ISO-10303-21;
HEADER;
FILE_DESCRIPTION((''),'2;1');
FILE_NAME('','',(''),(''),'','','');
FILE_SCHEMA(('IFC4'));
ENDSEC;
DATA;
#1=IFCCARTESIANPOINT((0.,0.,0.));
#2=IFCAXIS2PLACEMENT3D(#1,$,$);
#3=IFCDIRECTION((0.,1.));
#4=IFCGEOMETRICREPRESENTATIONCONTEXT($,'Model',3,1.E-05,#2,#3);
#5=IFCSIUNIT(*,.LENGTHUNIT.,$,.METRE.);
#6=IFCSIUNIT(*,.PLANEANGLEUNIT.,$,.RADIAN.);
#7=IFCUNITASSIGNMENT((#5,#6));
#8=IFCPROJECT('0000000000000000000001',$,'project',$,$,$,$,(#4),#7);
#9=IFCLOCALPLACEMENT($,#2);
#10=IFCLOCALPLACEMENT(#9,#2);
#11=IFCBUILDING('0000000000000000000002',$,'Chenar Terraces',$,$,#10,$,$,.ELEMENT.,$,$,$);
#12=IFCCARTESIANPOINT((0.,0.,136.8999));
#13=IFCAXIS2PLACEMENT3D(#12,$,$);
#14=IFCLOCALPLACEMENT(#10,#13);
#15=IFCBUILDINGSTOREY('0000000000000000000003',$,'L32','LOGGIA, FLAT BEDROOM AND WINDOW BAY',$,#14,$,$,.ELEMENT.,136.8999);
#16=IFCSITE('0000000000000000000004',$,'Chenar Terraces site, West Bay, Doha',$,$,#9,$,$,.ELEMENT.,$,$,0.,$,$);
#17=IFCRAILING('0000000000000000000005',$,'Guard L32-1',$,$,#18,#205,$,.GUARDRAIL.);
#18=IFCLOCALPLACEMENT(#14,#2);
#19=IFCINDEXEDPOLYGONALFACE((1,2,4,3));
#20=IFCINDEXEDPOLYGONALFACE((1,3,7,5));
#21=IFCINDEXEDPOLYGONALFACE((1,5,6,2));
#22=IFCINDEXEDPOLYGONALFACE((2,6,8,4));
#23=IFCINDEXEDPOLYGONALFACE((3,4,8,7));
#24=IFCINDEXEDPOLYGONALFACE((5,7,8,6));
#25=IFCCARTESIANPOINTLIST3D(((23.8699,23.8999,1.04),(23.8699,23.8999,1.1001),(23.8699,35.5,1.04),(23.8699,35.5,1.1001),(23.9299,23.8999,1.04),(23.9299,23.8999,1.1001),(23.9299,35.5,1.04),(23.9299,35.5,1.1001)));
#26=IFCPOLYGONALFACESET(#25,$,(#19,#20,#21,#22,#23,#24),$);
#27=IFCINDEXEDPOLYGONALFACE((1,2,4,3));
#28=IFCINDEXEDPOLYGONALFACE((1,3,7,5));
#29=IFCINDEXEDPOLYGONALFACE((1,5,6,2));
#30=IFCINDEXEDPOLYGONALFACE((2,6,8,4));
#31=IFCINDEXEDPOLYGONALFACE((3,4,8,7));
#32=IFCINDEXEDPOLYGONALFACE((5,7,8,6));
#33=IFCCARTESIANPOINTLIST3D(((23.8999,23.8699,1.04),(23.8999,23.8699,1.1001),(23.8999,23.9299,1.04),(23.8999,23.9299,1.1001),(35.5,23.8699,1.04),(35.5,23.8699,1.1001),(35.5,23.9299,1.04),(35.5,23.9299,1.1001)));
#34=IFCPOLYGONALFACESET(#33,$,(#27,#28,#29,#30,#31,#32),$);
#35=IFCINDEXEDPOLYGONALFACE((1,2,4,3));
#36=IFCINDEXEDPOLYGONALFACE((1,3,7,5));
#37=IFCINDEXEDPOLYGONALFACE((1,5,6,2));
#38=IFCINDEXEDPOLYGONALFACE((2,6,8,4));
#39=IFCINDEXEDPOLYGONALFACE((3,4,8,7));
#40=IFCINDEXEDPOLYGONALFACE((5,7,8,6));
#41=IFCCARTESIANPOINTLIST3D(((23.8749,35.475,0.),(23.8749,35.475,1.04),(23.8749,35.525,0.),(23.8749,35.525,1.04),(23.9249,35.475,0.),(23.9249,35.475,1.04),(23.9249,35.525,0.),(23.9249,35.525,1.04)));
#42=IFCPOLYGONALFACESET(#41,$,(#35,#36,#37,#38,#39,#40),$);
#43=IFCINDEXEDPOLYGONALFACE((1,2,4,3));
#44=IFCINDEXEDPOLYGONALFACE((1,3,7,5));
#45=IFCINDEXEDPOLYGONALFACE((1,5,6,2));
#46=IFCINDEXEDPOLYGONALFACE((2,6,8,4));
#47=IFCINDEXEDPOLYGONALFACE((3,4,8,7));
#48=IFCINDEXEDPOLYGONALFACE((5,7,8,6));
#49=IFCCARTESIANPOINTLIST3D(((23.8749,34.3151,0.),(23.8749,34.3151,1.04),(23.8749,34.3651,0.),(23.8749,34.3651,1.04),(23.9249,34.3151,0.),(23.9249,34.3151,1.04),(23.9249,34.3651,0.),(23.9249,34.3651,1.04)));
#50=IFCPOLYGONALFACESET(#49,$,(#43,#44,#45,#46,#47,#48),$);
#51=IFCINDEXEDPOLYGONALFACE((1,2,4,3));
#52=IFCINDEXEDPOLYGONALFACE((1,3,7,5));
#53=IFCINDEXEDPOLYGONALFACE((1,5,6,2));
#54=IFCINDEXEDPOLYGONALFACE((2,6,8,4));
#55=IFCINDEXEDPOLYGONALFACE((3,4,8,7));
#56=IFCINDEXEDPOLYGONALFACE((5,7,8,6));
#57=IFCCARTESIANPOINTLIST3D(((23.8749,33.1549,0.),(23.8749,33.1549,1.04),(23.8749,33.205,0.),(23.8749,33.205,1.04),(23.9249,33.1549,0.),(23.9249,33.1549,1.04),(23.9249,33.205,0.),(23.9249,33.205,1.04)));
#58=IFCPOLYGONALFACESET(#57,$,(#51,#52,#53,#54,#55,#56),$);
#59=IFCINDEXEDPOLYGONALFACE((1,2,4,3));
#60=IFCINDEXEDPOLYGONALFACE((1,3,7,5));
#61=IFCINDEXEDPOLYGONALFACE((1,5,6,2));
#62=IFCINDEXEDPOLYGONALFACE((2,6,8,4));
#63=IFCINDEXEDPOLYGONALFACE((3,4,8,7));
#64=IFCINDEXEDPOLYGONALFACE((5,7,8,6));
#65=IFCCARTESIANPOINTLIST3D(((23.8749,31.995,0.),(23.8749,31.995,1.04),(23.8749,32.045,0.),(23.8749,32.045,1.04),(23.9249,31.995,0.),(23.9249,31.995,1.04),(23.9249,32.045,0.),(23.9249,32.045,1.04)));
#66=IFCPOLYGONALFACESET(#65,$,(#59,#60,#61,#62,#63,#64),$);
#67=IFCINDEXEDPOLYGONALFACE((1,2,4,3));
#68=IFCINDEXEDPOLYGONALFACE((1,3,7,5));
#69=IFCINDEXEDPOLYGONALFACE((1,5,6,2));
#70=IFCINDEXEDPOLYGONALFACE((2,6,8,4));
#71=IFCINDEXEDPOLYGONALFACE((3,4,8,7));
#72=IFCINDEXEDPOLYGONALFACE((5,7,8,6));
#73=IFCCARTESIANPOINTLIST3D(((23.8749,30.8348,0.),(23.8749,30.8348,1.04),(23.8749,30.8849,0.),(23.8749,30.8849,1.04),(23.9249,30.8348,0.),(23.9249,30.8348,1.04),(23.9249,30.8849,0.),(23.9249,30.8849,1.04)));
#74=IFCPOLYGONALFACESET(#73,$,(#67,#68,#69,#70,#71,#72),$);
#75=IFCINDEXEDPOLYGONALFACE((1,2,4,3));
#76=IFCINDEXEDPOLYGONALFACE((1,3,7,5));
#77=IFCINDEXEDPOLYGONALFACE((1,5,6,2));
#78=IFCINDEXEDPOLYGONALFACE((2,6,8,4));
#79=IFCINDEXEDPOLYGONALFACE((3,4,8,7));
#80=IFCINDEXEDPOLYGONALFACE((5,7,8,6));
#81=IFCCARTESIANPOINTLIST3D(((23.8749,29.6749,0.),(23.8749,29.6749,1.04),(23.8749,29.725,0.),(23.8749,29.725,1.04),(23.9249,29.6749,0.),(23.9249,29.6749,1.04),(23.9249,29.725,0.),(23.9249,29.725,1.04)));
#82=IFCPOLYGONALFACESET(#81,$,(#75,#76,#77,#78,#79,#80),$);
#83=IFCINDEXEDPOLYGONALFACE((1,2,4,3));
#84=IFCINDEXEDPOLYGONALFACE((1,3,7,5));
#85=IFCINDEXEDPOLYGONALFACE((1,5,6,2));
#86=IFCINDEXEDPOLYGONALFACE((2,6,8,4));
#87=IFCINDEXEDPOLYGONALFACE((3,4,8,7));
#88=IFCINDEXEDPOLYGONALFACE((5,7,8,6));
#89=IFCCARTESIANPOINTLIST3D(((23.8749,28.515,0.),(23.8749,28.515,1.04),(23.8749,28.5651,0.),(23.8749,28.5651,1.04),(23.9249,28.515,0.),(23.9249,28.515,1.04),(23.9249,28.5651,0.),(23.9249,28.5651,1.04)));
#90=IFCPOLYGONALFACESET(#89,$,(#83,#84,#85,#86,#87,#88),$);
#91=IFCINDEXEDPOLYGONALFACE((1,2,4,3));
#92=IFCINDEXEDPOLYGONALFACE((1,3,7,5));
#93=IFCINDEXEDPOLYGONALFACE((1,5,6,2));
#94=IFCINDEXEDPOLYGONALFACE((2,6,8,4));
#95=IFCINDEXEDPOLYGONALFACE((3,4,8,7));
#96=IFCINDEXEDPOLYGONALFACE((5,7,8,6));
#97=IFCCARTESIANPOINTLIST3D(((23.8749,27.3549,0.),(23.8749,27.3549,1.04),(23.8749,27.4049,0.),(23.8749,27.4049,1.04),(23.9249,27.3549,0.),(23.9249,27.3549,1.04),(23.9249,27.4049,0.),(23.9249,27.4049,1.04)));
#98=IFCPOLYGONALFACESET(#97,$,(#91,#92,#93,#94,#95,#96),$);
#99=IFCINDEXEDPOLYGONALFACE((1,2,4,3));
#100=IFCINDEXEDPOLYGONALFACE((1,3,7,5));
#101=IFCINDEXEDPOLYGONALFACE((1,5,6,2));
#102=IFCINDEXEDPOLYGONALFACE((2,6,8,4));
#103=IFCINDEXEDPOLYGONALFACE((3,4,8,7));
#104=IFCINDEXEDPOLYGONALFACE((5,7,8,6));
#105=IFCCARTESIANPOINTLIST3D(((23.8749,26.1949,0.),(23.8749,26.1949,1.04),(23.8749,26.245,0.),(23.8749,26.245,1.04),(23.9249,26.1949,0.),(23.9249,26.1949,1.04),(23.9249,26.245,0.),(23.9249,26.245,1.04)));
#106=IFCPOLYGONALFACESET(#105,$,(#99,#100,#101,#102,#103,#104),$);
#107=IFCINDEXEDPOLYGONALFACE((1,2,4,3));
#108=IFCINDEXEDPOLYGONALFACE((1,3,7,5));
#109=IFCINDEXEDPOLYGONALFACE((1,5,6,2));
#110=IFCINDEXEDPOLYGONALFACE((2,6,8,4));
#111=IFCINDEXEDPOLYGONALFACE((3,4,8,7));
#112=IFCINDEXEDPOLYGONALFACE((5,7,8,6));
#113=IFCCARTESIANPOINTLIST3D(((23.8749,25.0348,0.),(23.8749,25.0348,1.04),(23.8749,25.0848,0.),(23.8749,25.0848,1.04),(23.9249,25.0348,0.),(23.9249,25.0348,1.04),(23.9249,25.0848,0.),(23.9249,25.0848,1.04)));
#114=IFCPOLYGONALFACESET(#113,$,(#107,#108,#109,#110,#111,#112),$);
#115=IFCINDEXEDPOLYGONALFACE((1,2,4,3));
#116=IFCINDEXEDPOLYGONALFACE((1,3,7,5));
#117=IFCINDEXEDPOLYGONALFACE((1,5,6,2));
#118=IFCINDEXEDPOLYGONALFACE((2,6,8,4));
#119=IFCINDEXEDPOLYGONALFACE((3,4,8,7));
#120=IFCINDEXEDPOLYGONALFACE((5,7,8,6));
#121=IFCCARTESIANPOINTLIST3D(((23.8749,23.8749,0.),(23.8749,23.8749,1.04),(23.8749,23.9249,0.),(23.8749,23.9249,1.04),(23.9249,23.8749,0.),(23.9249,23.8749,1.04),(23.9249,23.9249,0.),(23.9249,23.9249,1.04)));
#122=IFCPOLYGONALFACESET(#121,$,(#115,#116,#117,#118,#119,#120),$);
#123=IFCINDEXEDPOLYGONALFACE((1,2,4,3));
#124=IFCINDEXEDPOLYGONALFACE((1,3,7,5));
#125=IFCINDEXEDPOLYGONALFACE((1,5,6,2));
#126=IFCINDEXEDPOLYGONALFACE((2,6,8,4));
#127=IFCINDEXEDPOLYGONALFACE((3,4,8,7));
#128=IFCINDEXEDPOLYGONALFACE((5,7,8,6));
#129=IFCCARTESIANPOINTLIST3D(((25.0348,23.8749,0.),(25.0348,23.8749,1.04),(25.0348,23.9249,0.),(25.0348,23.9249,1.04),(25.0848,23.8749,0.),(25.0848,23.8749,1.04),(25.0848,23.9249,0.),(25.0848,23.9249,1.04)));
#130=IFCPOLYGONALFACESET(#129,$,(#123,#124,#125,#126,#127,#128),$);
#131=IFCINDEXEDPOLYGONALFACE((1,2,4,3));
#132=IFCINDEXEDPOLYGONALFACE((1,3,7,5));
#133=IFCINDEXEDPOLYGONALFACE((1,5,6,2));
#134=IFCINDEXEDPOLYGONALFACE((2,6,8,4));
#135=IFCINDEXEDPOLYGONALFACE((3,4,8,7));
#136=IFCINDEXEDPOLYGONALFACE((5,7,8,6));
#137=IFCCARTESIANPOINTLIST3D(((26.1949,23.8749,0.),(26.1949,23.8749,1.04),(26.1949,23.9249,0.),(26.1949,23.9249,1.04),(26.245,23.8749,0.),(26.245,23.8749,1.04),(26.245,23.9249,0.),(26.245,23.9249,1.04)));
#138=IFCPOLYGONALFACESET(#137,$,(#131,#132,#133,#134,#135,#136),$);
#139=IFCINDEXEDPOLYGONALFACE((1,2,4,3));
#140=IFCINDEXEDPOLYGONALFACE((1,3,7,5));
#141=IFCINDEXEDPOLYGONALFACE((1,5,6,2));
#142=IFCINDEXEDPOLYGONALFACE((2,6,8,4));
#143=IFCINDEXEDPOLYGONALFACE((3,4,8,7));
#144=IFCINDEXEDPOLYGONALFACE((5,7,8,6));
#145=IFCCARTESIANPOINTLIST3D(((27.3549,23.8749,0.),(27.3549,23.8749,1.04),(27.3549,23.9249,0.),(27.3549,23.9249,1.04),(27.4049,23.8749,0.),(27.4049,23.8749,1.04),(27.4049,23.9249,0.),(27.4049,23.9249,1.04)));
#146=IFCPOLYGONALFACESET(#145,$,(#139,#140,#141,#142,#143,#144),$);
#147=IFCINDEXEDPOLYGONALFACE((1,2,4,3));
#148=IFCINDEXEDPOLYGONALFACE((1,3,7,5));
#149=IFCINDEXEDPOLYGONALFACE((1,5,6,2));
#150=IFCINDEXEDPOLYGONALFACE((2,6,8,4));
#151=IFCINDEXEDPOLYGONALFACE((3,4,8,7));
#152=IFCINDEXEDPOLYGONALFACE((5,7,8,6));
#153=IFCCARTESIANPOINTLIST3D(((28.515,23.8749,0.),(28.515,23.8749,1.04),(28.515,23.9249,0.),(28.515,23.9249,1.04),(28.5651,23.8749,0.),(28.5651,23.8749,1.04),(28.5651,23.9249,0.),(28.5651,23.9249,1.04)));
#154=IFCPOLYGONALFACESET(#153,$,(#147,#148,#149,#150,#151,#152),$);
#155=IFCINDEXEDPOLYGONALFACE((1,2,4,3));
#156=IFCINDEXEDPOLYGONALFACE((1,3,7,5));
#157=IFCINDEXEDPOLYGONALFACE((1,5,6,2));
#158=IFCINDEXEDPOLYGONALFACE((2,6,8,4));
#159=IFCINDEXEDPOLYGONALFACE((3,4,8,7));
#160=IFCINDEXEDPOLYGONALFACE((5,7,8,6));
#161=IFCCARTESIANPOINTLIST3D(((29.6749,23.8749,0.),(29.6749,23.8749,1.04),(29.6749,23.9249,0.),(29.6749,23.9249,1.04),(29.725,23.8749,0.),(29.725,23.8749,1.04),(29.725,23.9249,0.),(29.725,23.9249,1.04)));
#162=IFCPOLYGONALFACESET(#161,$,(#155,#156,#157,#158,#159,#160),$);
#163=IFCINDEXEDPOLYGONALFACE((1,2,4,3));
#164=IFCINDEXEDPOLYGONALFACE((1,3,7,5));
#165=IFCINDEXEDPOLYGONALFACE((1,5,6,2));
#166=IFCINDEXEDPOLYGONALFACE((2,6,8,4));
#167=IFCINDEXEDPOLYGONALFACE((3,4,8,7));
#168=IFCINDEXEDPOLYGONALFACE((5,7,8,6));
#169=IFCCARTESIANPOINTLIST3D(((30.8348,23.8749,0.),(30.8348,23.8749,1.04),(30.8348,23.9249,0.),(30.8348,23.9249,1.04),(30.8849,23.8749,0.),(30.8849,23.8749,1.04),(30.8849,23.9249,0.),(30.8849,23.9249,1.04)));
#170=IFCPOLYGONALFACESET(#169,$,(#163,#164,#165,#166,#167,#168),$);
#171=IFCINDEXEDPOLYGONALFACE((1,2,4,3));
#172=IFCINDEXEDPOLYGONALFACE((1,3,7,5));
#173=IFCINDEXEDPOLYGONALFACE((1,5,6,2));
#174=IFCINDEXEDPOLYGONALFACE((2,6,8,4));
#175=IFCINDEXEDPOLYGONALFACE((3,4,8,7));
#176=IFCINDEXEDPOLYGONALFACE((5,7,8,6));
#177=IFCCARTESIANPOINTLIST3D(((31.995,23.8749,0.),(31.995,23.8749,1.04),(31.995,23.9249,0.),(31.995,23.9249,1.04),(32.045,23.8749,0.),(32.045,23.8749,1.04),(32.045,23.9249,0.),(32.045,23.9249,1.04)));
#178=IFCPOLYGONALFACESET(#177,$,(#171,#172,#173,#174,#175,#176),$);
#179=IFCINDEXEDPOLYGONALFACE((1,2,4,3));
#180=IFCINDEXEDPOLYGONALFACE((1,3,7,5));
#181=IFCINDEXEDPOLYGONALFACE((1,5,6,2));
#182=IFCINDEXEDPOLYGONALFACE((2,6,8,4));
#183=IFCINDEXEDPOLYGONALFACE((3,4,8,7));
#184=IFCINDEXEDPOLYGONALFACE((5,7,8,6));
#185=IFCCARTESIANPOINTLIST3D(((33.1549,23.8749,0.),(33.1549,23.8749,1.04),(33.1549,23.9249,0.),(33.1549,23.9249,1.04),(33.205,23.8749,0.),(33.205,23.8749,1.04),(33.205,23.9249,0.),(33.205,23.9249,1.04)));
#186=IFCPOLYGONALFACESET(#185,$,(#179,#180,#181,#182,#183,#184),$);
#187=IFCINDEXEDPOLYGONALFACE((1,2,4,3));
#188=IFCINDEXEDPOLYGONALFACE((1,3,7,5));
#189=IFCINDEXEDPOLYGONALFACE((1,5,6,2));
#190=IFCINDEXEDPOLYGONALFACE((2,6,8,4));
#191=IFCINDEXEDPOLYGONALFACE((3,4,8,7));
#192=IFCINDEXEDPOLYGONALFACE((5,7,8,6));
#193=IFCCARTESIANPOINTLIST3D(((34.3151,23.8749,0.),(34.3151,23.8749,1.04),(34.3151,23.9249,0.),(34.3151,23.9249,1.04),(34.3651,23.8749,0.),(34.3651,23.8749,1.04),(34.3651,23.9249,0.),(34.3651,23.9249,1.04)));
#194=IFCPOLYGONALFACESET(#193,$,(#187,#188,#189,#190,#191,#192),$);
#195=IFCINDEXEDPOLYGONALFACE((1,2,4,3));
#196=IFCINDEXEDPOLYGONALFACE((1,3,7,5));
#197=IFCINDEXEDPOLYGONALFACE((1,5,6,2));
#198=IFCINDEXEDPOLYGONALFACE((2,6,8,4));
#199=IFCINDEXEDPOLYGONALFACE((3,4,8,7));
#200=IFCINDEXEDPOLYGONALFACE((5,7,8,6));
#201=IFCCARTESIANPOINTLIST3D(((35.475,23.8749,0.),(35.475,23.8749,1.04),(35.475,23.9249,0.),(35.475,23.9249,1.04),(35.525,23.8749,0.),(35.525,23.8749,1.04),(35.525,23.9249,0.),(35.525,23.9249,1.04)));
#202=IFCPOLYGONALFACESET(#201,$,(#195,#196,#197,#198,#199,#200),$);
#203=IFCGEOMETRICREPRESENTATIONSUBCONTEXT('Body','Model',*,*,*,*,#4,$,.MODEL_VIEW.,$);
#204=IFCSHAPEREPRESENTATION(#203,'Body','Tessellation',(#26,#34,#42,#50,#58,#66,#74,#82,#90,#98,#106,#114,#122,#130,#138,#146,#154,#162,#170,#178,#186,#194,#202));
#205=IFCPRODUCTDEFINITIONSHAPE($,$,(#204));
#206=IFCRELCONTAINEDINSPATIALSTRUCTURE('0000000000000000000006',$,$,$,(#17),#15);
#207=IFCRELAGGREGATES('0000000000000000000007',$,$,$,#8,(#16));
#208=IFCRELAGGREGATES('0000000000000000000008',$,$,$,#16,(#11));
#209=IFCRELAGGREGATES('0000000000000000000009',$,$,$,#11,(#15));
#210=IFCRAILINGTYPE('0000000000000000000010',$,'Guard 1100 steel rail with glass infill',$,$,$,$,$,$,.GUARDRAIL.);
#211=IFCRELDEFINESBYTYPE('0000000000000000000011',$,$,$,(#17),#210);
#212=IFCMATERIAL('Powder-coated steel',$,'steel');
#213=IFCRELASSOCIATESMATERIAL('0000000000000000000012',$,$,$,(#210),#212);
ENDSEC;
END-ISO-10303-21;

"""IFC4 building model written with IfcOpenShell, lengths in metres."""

from ifc_helpers import new_model, si_unit, direction, frame, origin, origin_2d, place, context, subcontext, project, spatial, rectangle, extrude, material, type_object, element, save


model = new_model("IFC4")

# Units and contexts
model_context = context("Model", 3, precision=1e-05, world=origin(), true_north=direction((0.0, 1.0)))
body_context = subcontext(model_context, "Body", "Model", "MODEL_VIEW")
ifc_project = project(units=[si_unit("LENGTHUNIT", "METRE"), si_unit("PLANEANGLEUNIT", "RADIAN")], contexts=[model_context])

# Site, building, storey
site_placement = place(None, origin())
site = spatial("IfcSite", under=ifc_project, at=site_placement, Name="Chenar Terraces site, West Bay, Doha", CompositionType="ELEMENT", RefElevation=0.0)
building_placement = place(site_placement, origin())
building = spatial("IfcBuilding", under=site, at=building_placement, Name="Chenar Terraces", CompositionType="ELEMENT")
storey_placement = place(building_placement, frame((0.0, 0.0, 136.8999)))
storey = spatial("IfcBuildingStorey", under=building, at=storey_placement, Name="L32", Description="LOGGIA, FLAT BEDROOM AND WINDOW BAY", CompositionType="ELEMENT", Elevation=136.8999)

# Railing
ifc_material_1 = material(Name="Powder-coated steel", Category="steel")
railing_type = type_object("IfcRailingType", Name="Guard 1100 steel rail with glass infill", PredefinedType="GUARDRAIL", material=ifc_material_1)
railing_1_placement = place(storey_placement, frame((23.8999, 35.5, 0.0)))
element("IfcRailing", 1, at=railing_1_placement, inside=storey, type_object=railing_type, Name="Guard L32-1", PredefinedType="GUARDRAIL", context=body_context, shape_type="SweptSolid", body=[
    extrude(rectangle(XDim=0.0601, YDim=0.0601, at=origin_2d()), frame((0.0, 0.0, 1.0701), z_axis=(0.0, -1.0, 0.0), x_axis=(1.0, 0.0, 0.0)), (0.0, 0.0, 1.0), 11.6001),
    extrude(rectangle(XDim=0.0601, YDim=0.0601, at=origin_2d()), frame((0.0, -11.6001, 1.0701), z_axis=(1.0, 0.0, 0.0), x_axis=(0.0, 1.0, 0.0)), (0.0, 0.0, 1.0), 11.6001),
    extrude(rectangle(XDim=0.05, YDim=0.05, at=origin_2d()), origin(), (0.0, 0.0, 1.0), 1.04),
    extrude(rectangle(XDim=0.05, YDim=0.05, at=origin_2d()), frame((0.0, -1.1599, 0.0)), (0.0, 0.0, 1.0), 1.04),
    extrude(rectangle(XDim=0.05, YDim=0.05, at=origin_2d()), frame((0.0, -2.3201, 0.0)), (0.0, 0.0, 1.0), 1.04),
    extrude(rectangle(XDim=0.05, YDim=0.05, at=origin_2d()), frame((0.0, -3.48, 0.0)), (0.0, 0.0, 1.0), 1.04),
    extrude(rectangle(XDim=0.05, YDim=0.05, at=origin_2d()), frame((0.0, -4.6401, 0.0)), (0.0, 0.0, 1.0), 1.04),
    extrude(rectangle(XDim=0.05, YDim=0.05, at=origin_2d()), frame((0.0, -5.8, 0.0)), (0.0, 0.0, 1.0), 1.04),
    extrude(rectangle(XDim=0.05, YDim=0.05, at=origin_2d()), frame((0.0, -6.96, 0.0)), (0.0, 0.0, 1.0), 1.04),
    extrude(rectangle(XDim=0.05, YDim=0.05, at=origin_2d()), frame((0.0, -8.1201, 0.0)), (0.0, 0.0, 1.0), 1.04),
    extrude(rectangle(XDim=0.05, YDim=0.05, at=origin_2d()), frame((0.0, -9.28, 0.0)), (0.0, 0.0, 1.0), 1.04),
    extrude(rectangle(XDim=0.05, YDim=0.05, at=origin_2d()), frame((0.0, -10.4402, 0.0)), (0.0, 0.0, 1.0), 1.04),
    extrude(rectangle(XDim=0.05, YDim=0.05, at=origin_2d()), frame((0.0, -11.6001, 0.0)), (0.0, 0.0, 1.0), 1.04),
    extrude(rectangle(XDim=0.05, YDim=0.05, at=origin_2d()), frame((1.1599, -11.6001, 0.0)), (0.0, 0.0, 1.0), 1.04),
    extrude(rectangle(XDim=0.05, YDim=0.05, at=origin_2d()), frame((2.3201, -11.6001, 0.0)), (0.0, 0.0, 1.0), 1.04),
    extrude(rectangle(XDim=0.05, YDim=0.05, at=origin_2d()), frame((3.48, -11.6001, 0.0)), (0.0, 0.0, 1.0), 1.04),
    extrude(rectangle(XDim=0.05, YDim=0.05, at=origin_2d()), frame((4.6401, -11.6001, 0.0)), (0.0, 0.0, 1.0), 1.04),
    extrude(rectangle(XDim=0.05, YDim=0.05, at=origin_2d()), frame((5.8, -11.6001, 0.0)), (0.0, 0.0, 1.0), 1.04),
    extrude(rectangle(XDim=0.05, YDim=0.05, at=origin_2d()), frame((6.96, -11.6001, 0.0)), (0.0, 0.0, 1.0), 1.04),
    extrude(rectangle(XDim=0.05, YDim=0.05, at=origin_2d()), frame((8.1201, -11.6001, 0.0)), (0.0, 0.0, 1.0), 1.04),
    extrude(rectangle(XDim=0.05, YDim=0.05, at=origin_2d()), frame((9.28, -11.6001, 0.0)), (0.0, 0.0, 1.0), 1.04),
    extrude(rectangle(XDim=0.05, YDim=0.05, at=origin_2d()), frame((10.4402, -11.6001, 0.0)), (0.0, 0.0, 1.0), 1.04),
    extrude(rectangle(XDim=0.05, YDim=0.05, at=origin_2d()), frame((11.6001, -11.6001, 0.0)), (0.0, 0.0, 1.0), 1.04),
])

save(model, "model.ifc")
